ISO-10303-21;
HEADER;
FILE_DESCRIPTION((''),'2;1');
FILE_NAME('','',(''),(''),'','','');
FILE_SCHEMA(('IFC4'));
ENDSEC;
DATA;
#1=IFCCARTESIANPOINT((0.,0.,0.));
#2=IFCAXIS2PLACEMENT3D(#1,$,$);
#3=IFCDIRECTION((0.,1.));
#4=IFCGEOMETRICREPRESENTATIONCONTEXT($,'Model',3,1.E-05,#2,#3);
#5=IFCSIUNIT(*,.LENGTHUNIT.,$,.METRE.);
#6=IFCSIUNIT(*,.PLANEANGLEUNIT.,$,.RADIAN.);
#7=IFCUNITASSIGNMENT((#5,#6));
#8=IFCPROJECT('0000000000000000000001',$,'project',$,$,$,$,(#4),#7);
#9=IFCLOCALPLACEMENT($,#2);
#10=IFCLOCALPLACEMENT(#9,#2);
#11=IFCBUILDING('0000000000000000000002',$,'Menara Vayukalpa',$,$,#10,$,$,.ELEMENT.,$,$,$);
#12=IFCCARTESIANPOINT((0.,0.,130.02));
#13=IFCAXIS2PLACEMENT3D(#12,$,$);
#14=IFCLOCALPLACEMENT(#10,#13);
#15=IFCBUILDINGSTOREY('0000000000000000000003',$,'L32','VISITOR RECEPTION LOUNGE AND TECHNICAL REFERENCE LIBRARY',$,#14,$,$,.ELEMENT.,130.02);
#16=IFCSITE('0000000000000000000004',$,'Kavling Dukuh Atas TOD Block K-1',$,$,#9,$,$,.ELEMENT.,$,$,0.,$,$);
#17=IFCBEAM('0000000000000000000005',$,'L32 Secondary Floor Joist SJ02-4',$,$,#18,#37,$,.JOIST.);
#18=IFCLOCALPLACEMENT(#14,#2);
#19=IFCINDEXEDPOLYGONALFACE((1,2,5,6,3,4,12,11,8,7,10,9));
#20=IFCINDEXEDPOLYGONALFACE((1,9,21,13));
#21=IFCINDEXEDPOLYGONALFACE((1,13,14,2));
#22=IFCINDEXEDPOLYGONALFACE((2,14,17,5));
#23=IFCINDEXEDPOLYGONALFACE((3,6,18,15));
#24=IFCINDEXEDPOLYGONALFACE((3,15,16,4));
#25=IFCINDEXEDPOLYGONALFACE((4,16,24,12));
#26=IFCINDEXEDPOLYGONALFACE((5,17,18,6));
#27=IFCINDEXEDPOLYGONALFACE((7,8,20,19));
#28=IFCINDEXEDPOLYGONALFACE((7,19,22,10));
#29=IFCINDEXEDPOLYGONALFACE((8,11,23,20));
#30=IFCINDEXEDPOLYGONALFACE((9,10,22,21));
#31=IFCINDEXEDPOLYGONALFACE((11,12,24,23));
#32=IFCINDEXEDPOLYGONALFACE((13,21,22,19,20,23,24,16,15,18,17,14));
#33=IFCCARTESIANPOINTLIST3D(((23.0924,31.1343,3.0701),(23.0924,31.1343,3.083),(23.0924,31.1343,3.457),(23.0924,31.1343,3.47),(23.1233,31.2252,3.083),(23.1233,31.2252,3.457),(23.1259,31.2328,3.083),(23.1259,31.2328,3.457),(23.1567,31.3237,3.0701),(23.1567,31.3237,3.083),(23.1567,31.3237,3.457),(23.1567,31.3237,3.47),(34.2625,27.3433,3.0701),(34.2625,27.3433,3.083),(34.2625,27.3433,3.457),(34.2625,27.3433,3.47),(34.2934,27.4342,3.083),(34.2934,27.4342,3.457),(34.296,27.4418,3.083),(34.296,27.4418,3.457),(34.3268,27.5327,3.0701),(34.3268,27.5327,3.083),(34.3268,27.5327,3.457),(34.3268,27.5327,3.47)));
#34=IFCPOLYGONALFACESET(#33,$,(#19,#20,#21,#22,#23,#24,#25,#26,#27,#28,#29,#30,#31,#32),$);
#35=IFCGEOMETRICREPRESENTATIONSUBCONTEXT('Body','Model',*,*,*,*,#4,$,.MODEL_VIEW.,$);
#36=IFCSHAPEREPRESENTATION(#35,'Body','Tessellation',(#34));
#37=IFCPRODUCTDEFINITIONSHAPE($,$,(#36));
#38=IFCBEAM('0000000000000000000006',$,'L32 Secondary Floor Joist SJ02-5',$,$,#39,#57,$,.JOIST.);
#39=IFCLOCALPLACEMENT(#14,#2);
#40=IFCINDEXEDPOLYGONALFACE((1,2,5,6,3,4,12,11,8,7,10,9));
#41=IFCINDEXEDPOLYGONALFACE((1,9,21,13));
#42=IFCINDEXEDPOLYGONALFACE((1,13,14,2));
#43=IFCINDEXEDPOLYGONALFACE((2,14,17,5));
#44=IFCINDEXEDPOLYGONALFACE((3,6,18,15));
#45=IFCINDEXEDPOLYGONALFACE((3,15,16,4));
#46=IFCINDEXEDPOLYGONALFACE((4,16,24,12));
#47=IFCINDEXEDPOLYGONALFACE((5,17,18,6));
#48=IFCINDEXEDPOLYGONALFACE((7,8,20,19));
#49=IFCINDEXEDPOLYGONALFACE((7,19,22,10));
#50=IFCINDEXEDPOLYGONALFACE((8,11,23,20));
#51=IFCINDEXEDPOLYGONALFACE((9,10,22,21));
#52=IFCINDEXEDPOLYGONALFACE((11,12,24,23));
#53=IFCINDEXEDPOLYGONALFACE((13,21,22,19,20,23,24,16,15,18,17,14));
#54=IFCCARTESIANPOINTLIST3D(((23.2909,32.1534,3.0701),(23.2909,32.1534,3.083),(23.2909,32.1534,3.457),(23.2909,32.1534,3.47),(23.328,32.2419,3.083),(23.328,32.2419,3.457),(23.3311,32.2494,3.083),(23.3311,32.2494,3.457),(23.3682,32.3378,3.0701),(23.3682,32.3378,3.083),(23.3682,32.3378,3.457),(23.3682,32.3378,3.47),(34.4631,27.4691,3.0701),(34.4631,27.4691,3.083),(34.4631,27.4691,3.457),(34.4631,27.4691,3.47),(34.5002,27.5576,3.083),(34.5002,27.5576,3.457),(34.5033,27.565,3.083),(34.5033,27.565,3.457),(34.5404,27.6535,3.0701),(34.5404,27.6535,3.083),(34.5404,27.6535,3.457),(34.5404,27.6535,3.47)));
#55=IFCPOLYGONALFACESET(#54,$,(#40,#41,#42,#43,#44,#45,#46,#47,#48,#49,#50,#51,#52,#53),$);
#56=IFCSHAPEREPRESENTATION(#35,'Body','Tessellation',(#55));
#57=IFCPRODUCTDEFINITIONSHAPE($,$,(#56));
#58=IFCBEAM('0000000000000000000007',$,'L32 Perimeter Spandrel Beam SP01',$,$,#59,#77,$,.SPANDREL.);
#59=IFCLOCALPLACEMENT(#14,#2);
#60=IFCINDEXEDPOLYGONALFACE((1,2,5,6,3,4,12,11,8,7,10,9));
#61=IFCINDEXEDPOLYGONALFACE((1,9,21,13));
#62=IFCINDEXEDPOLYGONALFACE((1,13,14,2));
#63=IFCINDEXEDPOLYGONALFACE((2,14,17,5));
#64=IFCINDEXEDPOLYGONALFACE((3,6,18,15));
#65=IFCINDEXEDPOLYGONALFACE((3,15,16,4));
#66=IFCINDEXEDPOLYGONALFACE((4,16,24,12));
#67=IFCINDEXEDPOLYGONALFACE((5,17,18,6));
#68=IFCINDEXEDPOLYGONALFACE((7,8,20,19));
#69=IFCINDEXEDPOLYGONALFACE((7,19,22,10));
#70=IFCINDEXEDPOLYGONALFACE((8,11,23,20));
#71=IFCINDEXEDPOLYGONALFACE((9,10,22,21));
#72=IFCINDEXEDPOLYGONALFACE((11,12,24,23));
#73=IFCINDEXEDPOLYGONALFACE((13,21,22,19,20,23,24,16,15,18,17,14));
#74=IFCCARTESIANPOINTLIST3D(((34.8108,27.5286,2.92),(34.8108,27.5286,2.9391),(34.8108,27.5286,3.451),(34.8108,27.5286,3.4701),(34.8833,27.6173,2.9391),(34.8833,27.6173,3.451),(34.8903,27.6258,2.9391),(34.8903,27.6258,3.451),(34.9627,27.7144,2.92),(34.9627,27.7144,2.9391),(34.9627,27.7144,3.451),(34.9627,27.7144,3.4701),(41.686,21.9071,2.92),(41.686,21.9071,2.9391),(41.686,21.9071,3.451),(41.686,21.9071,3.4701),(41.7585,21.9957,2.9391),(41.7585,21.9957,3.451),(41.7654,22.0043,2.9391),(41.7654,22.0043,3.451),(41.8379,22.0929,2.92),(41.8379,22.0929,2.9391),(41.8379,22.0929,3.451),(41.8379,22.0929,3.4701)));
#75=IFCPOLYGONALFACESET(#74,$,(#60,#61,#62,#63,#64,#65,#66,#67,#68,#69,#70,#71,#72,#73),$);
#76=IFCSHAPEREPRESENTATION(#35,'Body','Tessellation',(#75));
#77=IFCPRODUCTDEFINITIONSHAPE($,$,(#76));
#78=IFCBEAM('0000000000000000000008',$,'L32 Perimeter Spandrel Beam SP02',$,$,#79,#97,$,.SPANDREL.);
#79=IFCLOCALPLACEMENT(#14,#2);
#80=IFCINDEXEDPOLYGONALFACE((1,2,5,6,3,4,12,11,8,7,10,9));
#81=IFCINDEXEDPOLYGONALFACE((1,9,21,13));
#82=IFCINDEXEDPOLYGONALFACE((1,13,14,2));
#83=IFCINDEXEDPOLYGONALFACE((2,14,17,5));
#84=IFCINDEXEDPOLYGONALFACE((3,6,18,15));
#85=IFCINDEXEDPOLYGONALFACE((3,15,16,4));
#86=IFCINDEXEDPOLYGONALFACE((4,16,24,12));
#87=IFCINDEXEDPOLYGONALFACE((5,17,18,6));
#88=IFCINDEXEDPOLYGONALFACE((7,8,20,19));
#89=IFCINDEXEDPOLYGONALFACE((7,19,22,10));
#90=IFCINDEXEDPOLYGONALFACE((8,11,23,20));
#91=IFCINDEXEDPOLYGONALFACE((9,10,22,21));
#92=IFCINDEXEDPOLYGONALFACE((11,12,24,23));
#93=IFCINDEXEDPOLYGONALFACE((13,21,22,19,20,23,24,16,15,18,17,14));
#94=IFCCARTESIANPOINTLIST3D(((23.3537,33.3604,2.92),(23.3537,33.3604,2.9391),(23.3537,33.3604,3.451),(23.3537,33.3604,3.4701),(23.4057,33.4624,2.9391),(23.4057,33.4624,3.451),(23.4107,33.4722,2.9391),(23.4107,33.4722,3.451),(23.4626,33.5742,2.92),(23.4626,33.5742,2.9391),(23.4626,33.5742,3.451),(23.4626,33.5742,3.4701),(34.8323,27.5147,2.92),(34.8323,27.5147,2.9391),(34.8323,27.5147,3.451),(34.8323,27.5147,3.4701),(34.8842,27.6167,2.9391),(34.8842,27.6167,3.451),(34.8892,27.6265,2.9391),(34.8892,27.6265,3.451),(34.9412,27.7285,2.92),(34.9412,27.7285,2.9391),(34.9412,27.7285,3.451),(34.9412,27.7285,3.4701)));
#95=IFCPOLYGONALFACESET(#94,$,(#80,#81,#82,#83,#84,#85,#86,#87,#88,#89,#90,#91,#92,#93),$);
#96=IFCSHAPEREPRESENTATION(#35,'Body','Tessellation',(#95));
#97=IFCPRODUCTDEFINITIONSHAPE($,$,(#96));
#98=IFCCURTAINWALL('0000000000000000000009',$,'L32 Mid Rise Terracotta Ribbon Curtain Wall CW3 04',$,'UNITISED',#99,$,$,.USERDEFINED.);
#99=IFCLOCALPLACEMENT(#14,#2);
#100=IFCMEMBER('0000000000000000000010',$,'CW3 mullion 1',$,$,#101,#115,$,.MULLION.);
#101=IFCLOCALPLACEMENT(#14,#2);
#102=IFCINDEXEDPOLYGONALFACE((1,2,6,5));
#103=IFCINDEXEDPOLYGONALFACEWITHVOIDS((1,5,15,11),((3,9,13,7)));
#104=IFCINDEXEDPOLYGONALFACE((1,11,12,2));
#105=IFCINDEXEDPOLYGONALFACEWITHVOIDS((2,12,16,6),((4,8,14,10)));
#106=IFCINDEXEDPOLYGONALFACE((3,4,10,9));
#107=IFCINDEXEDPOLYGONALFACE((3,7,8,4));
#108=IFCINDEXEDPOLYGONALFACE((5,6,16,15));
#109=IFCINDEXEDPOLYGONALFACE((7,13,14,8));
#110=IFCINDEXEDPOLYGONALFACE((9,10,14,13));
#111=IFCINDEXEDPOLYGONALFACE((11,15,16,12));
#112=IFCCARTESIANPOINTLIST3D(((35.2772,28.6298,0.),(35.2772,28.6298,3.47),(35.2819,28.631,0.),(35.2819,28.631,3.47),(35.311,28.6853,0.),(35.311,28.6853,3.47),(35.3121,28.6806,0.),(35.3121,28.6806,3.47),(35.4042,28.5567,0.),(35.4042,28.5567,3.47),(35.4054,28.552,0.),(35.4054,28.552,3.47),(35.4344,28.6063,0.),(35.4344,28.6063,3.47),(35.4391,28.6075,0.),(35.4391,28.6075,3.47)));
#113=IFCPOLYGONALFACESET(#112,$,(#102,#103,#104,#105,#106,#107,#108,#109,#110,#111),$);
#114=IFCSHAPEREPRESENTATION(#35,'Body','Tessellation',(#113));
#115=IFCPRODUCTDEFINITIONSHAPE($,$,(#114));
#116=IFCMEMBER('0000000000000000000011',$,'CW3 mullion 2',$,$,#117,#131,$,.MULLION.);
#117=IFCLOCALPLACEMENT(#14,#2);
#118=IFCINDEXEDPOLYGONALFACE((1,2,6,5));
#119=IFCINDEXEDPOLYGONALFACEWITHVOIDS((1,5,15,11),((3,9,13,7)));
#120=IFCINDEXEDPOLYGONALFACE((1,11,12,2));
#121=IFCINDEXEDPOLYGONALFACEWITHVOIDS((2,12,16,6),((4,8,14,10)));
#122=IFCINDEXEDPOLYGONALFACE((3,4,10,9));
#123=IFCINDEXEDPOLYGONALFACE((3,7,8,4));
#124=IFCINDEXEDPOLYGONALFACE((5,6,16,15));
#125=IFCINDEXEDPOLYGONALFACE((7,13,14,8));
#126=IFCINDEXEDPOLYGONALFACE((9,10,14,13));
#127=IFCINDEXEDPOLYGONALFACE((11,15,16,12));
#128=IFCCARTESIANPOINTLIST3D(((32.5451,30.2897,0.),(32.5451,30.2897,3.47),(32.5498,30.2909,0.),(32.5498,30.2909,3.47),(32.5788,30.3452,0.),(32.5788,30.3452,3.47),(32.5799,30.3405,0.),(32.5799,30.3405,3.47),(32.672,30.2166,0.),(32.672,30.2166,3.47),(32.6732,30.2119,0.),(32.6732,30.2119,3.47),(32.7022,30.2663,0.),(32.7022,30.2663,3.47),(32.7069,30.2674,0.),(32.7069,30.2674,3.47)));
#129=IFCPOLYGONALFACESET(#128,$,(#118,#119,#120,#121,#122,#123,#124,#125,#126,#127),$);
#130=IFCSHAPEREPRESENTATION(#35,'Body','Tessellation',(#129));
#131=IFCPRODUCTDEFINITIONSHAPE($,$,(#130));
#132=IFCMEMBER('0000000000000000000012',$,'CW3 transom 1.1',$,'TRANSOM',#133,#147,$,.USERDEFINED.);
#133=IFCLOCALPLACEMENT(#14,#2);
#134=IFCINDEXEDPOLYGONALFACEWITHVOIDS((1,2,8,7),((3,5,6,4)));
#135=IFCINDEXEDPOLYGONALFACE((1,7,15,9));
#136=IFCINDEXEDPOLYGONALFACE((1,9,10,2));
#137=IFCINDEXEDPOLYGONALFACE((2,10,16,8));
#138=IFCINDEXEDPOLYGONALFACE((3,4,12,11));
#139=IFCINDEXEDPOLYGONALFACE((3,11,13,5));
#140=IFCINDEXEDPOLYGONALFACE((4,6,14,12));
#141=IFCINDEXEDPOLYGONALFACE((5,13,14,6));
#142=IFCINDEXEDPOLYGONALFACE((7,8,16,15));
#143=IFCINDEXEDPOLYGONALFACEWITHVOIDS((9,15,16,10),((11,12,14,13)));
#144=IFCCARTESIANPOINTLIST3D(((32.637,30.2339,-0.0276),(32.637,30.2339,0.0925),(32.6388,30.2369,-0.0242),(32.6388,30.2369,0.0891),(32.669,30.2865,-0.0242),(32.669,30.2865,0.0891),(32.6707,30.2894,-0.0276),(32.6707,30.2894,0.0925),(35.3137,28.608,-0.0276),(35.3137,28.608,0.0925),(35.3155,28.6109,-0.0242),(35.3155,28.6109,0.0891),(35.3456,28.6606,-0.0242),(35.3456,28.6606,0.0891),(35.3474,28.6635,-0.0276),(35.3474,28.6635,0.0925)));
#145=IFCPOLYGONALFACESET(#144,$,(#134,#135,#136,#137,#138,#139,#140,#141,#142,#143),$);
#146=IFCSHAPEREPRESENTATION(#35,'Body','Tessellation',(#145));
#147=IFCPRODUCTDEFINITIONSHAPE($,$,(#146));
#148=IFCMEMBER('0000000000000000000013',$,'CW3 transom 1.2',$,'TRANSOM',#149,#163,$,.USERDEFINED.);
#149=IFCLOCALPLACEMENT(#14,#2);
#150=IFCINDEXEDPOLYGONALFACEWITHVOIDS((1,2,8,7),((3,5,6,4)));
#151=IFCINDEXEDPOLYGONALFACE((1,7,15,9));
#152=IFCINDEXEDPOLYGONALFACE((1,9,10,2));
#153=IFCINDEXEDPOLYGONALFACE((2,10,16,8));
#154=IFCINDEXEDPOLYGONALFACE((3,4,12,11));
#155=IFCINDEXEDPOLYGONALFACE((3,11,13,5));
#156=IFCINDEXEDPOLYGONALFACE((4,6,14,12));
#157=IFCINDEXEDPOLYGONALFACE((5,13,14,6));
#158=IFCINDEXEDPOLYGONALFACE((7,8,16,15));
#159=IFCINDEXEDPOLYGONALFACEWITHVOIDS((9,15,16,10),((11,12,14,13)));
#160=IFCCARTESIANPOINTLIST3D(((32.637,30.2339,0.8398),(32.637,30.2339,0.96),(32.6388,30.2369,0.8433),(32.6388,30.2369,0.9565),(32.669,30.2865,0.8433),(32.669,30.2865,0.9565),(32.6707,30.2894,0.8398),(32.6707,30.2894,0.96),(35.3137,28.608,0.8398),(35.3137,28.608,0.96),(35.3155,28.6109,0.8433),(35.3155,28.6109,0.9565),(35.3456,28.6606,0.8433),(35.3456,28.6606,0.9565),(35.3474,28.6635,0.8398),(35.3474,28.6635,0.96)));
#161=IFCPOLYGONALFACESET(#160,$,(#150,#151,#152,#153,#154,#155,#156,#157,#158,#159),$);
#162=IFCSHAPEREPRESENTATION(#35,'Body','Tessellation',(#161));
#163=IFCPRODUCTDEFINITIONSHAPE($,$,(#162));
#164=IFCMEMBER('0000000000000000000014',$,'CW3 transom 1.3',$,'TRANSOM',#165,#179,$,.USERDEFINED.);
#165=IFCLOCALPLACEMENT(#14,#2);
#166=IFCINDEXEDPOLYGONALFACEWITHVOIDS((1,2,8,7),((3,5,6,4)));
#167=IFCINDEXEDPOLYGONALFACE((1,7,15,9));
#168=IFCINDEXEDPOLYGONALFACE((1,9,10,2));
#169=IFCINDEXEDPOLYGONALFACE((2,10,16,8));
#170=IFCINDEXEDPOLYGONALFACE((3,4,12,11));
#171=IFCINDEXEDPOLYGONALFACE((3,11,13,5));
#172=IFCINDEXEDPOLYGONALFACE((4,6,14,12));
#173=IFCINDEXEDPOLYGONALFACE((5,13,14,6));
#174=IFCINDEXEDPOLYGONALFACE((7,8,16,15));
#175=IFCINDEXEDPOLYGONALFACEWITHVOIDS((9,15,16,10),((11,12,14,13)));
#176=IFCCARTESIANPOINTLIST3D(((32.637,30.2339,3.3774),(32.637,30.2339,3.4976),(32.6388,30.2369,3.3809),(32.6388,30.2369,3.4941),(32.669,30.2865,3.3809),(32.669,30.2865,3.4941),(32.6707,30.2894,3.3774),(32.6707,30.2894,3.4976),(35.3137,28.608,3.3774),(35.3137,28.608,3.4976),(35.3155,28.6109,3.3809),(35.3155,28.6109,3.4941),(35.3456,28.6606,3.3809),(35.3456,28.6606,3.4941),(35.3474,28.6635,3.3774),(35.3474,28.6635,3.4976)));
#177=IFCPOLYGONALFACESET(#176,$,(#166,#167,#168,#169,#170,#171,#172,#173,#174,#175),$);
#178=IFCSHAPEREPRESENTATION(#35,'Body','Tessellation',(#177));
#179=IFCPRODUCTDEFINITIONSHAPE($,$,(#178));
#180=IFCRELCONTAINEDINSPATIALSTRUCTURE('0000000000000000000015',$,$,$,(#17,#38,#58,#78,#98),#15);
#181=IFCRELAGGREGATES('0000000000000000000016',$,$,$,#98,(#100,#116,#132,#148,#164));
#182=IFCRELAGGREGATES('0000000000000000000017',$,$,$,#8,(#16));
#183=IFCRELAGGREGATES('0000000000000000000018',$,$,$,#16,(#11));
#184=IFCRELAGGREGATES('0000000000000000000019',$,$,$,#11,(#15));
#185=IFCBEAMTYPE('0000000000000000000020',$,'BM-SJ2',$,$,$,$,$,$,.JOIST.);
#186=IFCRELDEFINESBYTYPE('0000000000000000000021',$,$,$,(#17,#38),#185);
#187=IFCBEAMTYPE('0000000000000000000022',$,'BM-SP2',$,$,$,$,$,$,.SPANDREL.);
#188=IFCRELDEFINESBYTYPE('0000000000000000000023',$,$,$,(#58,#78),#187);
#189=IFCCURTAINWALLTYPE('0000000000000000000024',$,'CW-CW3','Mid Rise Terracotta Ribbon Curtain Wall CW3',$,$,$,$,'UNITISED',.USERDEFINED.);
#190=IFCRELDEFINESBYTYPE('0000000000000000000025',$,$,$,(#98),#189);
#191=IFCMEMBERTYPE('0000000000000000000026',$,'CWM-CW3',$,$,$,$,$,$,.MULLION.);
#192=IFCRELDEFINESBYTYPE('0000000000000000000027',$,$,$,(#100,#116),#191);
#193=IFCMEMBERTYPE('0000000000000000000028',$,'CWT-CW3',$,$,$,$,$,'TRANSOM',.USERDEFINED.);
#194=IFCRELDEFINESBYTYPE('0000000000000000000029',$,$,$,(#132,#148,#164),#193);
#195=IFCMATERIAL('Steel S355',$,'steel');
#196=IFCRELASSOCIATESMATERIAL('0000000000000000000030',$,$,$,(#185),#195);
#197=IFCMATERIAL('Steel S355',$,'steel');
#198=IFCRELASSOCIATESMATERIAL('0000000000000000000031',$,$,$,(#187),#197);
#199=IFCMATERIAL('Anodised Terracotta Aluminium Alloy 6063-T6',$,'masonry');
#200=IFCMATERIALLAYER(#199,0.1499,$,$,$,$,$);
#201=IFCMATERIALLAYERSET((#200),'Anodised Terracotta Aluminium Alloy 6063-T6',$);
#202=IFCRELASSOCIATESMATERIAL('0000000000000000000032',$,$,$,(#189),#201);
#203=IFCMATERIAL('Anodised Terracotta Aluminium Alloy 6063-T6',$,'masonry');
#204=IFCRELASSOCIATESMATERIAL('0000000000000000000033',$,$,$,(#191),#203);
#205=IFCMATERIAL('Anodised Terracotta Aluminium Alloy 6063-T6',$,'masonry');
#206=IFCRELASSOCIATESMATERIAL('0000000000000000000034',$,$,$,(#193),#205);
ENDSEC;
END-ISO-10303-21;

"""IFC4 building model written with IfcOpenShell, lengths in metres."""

from ifc_helpers import new_model, si_unit, direction, frame, origin, origin_2d, place, context, subcontext, project, spatial, hollow_rectangle, i_section, extrude, material, layer, layer_set, material_profile, profile_set, type_object, element, aggregate, save


model = new_model("IFC4")

# Units and contexts
model_context = context("Model", 3, precision=1e-05, world=origin(), true_north=direction((0.0, 1.0)))
body_context = subcontext(model_context, "Body", "Model", "MODEL_VIEW")
ifc_project = project(units=[si_unit("LENGTHUNIT", "METRE"), si_unit("PLANEANGLEUNIT", "RADIAN")], contexts=[model_context])

# Site, building, storey
site_placement = place(None, origin())
site = spatial("IfcSite", under=ifc_project, at=site_placement, Name="Kavling Dukuh Atas TOD Block K-1", CompositionType="ELEMENT", RefElevation=0.0)
building_placement = place(site_placement, origin())
building = spatial("IfcBuilding", under=site, at=building_placement, Name="Menara Vayukalpa", CompositionType="ELEMENT")
storey_placement = place(building_placement, frame((0.0, 0.0, 130.02)))
storey = spatial("IfcBuildingStorey", under=building, at=storey_placement, Name="L32", Description="VISITOR RECEPTION LOUNGE AND TECHNICAL REFERENCE LIBRARY", CompositionType="ELEMENT", Elevation=130.02)

# Beams
ifc_material_1 = material(Name="Steel S355", Category="steel")
ifc_material_profile_1 = material_profile(ifc_material_1, i_section(OverallWidth=0.2, OverallDepth=0.3999, WebThickness=0.0081, FlangeThickness=0.0129, at=origin_2d()), Name="WF 400x200x8x13")
ifc_profile_set_1 = profile_set([ifc_material_profile_1], Name="Steel S355")
beam_type_1 = type_object("IfcBeamType", Name="BM-SJ2", PredefinedType="JOIST", material=ifc_profile_set_1)
beam_1_placement = place(storey_placement, frame((34.2947, 27.438, 3.27), z_axis=(-0.946949, 0.321383, 0.0), x_axis=(-0.321383, -0.946949, 0.0)))
element("IfcBeam", 1, at=beam_1_placement, inside=storey, type_object=beam_type_1, Name="L32 Secondary Floor Joist SJ02-4", PredefinedType="JOIST", context=body_context, shape_type="SweptSolid", body=[
    extrude(i_section(OverallWidth=0.2, OverallDepth=0.3999, WebThickness=0.0081, FlangeThickness=0.0129, at=origin_2d()), origin(), (0.0, 0.0, 1.0), 11.7959),
])
beam_2_placement = place(storey_placement, frame((34.5017, 27.5613, 3.27), z_axis=(-0.922217, 0.386674, 0.0), x_axis=(-0.386674, -0.922217, 0.0)))
element("IfcBeam", 2, at=beam_2_placement, inside=storey, type_object=beam_type_1, Name="L32 Secondary Floor Joist SJ02-5", PredefinedType="JOIST", context=body_context, shape_type="SweptSolid", body=[
    extrude(i_section(OverallWidth=0.2, OverallDepth=0.3999, WebThickness=0.0081, FlangeThickness=0.0129, at=origin_2d()), origin(), (0.0, 0.0, 1.0), 12.1145),
])
ifc_material_2 = material(Name="Steel S355", Category="steel")
ifc_material_profile_2 = material_profile(ifc_material_2, i_section(OverallWidth=0.24, OverallDepth=0.55, WebThickness=0.011, FlangeThickness=0.019, at=origin_2d()), Name="WF 550x240x11x19")
ifc_profile_set_2 = profile_set([ifc_material_profile_2], Name="Steel S355")
beam_type_2 = type_object("IfcBeamType", Name="BM-SP2", PredefinedType="SPANDREL", material=ifc_profile_set_2)
beam_3_placement = place(storey_placement, frame((41.762, 22.0, 3.1951), z_axis=(-0.774157, 0.632994, 0.0), x_axis=(-0.632994, -0.774157, 0.0)))
element("IfcBeam", 3, at=beam_3_placement, inside=storey, type_object=beam_type_2, Name="L32 Perimeter Spandrel Beam SP01", PredefinedType="SPANDREL", context=body_context, shape_type="SweptSolid", body=[
    extrude(i_section(OverallWidth=0.24, OverallDepth=0.55, WebThickness=0.011, FlangeThickness=0.019, at=origin_2d()), origin(), (0.0, 0.0, 1.0), 8.8809),
])
beam_4_placement = place(storey_placement, frame((34.8867, 27.6216, 3.1951), z_axis=(-0.891097, 0.453812, 0.0), x_axis=(-0.453812, -0.891097, 0.0)))
element("IfcBeam", 4, at=beam_4_placement, inside=storey, type_object=beam_type_2, Name="L32 Perimeter Spandrel Beam SP02", PredefinedType="SPANDREL", context=body_context, shape_type="SweptSolid", body=[
    extrude(i_section(OverallWidth=0.24, OverallDepth=0.55, WebThickness=0.011, FlangeThickness=0.019, at=origin_2d()), origin(), (0.0, 0.0, 1.0), 12.8813),
])

# Curtain wall, members
ifc_material_3 = material(Name="Anodised Terracotta Aluminium Alloy 6063-T6", Category="masonry")
ifc_layer_1 = layer(ifc_material_3, 0.1499)
ifc_layer_set_1 = layer_set([ifc_layer_1], Name="Anodised Terracotta Aluminium Alloy 6063-T6")
curtain_wall_type = type_object("IfcCurtainWallType", Name="CW-CW3", Description="Mid Rise Terracotta Ribbon Curtain Wall CW3", ElementType="UNITISED", PredefinedType="USERDEFINED", material=ifc_layer_set_1)
curtain_wall_placement = place(storey_placement, origin())
curtain_wall = element("IfcCurtainWall", 5, at=curtain_wall_placement, inside=storey, type_object=curtain_wall_type, Name="L32 Mid Rise Terracotta Ribbon Curtain Wall CW3 04", ObjectType="UNITISED", PredefinedType="USERDEFINED")
ifc_material_4 = material(Name="Anodised Terracotta Aluminium Alloy 6063-T6", Category="masonry")
ifc_material_profile_3 = material_profile(ifc_material_4, hollow_rectangle(XDim=0.0649, YDim=0.1499, WallThickness=0.0034, at=origin_2d()), Name="ALU 65x150x3.5")
ifc_profile_set_3 = profile_set([ifc_material_profile_3], Name="Anodised Terracotta Aluminium Alloy 6063-T6")
member_type_1 = type_object("IfcMemberType", Name="CWM-CW3", PredefinedType="MULLION", material=ifc_profile_set_3)
member_1_placement = place(storey_placement, frame((35.3582, 28.6187, 0.0), z_axis=(0.0, 0.0, 1.0), x_axis=(-0.519183, -0.854663, 0.0)))
member_1 = element("IfcMember", 6, at=member_1_placement, type_object=member_type_1, Name="CW3 mullion 1", PredefinedType="MULLION", context=body_context, shape_type="SweptSolid", body=[
    extrude(hollow_rectangle(XDim=0.0649, YDim=0.1499, WallThickness=0.0034, at=origin_2d()), origin(), (0.0, 0.0, 1.0), 3.47),
])
member_2_placement = place(storey_placement, frame((32.626, 30.2786, 0.0), z_axis=(0.0, 0.0, 1.0), x_axis=(-0.519183, -0.854663, 0.0)))
member_2 = element("IfcMember", 7, at=member_2_placement, type_object=member_type_1, Name="CW3 mullion 2", PredefinedType="MULLION", context=body_context, shape_type="SweptSolid", body=[
    extrude(hollow_rectangle(XDim=0.0649, YDim=0.1499, WallThickness=0.0034, at=origin_2d()), origin(), (0.0, 0.0, 1.0), 3.47),
])
ifc_material_5 = material(Name="Anodised Terracotta Aluminium Alloy 6063-T6", Category="masonry")
ifc_material_profile_4 = material_profile(ifc_material_5, hollow_rectangle(XDim=0.0649, YDim=0.1201, WallThickness=0.0034, at=origin_2d()), Name="ALU 65x120x3.5")
ifc_profile_set_4 = profile_set([ifc_material_profile_4], Name="Anodised Terracotta Aluminium Alloy 6063-T6")
member_type_2 = type_object("IfcMemberType", Name="CWT-CW3", ElementType="TRANSOM", PredefinedType="USERDEFINED", material=ifc_profile_set_4)
member_3_placement = place(storey_placement, frame((35.3306, 28.6357, 0.0325), z_axis=(-0.854674, 0.519165, 0.0), x_axis=(-0.519165, -0.854674, 0.0)))
member_3 = element("IfcMember", 8, at=member_3_placement, type_object=member_type_2, Name="CW3 transom 1.1", ObjectType="TRANSOM", PredefinedType="USERDEFINED", context=body_context, shape_type="SweptSolid", body=[
    extrude(hollow_rectangle(XDim=0.0649, YDim=0.1201, WallThickness=0.0034, at=origin_2d()), origin(), (0.0, 0.0, 1.0), 3.1318),
])
member_4_placement = place(storey_placement, frame((35.3306, 28.6357, 0.8999), z_axis=(-0.854674, 0.519165, 0.0), x_axis=(-0.519165, -0.854674, 0.0)))
member_4 = element("IfcMember", 9, at=member_4_placement, type_object=member_type_2, Name="CW3 transom 1.2", ObjectType="TRANSOM", PredefinedType="USERDEFINED", context=body_context, shape_type="SweptSolid", body=[
    extrude(hollow_rectangle(XDim=0.0649, YDim=0.1201, WallThickness=0.0034, at=origin_2d()), origin(), (0.0, 0.0, 1.0), 3.1318),
])
member_5_placement = place(storey_placement, frame((35.3306, 28.6357, 3.4375), z_axis=(-0.854674, 0.519165, 0.0), x_axis=(-0.519165, -0.854674, 0.0)))
member_5 = element("IfcMember", 10, at=member_5_placement, type_object=member_type_2, Name="CW3 transom 1.3", ObjectType="TRANSOM", PredefinedType="USERDEFINED", context=body_context, shape_type="SweptSolid", body=[
    extrude(hollow_rectangle(XDim=0.0649, YDim=0.1201, WallThickness=0.0034, at=origin_2d()), origin(), (0.0, 0.0, 1.0), 3.1318),
])
aggregate(curtain_wall, [member_1, member_2, member_3, member_4, member_5])

save(model, "model.ifc")
